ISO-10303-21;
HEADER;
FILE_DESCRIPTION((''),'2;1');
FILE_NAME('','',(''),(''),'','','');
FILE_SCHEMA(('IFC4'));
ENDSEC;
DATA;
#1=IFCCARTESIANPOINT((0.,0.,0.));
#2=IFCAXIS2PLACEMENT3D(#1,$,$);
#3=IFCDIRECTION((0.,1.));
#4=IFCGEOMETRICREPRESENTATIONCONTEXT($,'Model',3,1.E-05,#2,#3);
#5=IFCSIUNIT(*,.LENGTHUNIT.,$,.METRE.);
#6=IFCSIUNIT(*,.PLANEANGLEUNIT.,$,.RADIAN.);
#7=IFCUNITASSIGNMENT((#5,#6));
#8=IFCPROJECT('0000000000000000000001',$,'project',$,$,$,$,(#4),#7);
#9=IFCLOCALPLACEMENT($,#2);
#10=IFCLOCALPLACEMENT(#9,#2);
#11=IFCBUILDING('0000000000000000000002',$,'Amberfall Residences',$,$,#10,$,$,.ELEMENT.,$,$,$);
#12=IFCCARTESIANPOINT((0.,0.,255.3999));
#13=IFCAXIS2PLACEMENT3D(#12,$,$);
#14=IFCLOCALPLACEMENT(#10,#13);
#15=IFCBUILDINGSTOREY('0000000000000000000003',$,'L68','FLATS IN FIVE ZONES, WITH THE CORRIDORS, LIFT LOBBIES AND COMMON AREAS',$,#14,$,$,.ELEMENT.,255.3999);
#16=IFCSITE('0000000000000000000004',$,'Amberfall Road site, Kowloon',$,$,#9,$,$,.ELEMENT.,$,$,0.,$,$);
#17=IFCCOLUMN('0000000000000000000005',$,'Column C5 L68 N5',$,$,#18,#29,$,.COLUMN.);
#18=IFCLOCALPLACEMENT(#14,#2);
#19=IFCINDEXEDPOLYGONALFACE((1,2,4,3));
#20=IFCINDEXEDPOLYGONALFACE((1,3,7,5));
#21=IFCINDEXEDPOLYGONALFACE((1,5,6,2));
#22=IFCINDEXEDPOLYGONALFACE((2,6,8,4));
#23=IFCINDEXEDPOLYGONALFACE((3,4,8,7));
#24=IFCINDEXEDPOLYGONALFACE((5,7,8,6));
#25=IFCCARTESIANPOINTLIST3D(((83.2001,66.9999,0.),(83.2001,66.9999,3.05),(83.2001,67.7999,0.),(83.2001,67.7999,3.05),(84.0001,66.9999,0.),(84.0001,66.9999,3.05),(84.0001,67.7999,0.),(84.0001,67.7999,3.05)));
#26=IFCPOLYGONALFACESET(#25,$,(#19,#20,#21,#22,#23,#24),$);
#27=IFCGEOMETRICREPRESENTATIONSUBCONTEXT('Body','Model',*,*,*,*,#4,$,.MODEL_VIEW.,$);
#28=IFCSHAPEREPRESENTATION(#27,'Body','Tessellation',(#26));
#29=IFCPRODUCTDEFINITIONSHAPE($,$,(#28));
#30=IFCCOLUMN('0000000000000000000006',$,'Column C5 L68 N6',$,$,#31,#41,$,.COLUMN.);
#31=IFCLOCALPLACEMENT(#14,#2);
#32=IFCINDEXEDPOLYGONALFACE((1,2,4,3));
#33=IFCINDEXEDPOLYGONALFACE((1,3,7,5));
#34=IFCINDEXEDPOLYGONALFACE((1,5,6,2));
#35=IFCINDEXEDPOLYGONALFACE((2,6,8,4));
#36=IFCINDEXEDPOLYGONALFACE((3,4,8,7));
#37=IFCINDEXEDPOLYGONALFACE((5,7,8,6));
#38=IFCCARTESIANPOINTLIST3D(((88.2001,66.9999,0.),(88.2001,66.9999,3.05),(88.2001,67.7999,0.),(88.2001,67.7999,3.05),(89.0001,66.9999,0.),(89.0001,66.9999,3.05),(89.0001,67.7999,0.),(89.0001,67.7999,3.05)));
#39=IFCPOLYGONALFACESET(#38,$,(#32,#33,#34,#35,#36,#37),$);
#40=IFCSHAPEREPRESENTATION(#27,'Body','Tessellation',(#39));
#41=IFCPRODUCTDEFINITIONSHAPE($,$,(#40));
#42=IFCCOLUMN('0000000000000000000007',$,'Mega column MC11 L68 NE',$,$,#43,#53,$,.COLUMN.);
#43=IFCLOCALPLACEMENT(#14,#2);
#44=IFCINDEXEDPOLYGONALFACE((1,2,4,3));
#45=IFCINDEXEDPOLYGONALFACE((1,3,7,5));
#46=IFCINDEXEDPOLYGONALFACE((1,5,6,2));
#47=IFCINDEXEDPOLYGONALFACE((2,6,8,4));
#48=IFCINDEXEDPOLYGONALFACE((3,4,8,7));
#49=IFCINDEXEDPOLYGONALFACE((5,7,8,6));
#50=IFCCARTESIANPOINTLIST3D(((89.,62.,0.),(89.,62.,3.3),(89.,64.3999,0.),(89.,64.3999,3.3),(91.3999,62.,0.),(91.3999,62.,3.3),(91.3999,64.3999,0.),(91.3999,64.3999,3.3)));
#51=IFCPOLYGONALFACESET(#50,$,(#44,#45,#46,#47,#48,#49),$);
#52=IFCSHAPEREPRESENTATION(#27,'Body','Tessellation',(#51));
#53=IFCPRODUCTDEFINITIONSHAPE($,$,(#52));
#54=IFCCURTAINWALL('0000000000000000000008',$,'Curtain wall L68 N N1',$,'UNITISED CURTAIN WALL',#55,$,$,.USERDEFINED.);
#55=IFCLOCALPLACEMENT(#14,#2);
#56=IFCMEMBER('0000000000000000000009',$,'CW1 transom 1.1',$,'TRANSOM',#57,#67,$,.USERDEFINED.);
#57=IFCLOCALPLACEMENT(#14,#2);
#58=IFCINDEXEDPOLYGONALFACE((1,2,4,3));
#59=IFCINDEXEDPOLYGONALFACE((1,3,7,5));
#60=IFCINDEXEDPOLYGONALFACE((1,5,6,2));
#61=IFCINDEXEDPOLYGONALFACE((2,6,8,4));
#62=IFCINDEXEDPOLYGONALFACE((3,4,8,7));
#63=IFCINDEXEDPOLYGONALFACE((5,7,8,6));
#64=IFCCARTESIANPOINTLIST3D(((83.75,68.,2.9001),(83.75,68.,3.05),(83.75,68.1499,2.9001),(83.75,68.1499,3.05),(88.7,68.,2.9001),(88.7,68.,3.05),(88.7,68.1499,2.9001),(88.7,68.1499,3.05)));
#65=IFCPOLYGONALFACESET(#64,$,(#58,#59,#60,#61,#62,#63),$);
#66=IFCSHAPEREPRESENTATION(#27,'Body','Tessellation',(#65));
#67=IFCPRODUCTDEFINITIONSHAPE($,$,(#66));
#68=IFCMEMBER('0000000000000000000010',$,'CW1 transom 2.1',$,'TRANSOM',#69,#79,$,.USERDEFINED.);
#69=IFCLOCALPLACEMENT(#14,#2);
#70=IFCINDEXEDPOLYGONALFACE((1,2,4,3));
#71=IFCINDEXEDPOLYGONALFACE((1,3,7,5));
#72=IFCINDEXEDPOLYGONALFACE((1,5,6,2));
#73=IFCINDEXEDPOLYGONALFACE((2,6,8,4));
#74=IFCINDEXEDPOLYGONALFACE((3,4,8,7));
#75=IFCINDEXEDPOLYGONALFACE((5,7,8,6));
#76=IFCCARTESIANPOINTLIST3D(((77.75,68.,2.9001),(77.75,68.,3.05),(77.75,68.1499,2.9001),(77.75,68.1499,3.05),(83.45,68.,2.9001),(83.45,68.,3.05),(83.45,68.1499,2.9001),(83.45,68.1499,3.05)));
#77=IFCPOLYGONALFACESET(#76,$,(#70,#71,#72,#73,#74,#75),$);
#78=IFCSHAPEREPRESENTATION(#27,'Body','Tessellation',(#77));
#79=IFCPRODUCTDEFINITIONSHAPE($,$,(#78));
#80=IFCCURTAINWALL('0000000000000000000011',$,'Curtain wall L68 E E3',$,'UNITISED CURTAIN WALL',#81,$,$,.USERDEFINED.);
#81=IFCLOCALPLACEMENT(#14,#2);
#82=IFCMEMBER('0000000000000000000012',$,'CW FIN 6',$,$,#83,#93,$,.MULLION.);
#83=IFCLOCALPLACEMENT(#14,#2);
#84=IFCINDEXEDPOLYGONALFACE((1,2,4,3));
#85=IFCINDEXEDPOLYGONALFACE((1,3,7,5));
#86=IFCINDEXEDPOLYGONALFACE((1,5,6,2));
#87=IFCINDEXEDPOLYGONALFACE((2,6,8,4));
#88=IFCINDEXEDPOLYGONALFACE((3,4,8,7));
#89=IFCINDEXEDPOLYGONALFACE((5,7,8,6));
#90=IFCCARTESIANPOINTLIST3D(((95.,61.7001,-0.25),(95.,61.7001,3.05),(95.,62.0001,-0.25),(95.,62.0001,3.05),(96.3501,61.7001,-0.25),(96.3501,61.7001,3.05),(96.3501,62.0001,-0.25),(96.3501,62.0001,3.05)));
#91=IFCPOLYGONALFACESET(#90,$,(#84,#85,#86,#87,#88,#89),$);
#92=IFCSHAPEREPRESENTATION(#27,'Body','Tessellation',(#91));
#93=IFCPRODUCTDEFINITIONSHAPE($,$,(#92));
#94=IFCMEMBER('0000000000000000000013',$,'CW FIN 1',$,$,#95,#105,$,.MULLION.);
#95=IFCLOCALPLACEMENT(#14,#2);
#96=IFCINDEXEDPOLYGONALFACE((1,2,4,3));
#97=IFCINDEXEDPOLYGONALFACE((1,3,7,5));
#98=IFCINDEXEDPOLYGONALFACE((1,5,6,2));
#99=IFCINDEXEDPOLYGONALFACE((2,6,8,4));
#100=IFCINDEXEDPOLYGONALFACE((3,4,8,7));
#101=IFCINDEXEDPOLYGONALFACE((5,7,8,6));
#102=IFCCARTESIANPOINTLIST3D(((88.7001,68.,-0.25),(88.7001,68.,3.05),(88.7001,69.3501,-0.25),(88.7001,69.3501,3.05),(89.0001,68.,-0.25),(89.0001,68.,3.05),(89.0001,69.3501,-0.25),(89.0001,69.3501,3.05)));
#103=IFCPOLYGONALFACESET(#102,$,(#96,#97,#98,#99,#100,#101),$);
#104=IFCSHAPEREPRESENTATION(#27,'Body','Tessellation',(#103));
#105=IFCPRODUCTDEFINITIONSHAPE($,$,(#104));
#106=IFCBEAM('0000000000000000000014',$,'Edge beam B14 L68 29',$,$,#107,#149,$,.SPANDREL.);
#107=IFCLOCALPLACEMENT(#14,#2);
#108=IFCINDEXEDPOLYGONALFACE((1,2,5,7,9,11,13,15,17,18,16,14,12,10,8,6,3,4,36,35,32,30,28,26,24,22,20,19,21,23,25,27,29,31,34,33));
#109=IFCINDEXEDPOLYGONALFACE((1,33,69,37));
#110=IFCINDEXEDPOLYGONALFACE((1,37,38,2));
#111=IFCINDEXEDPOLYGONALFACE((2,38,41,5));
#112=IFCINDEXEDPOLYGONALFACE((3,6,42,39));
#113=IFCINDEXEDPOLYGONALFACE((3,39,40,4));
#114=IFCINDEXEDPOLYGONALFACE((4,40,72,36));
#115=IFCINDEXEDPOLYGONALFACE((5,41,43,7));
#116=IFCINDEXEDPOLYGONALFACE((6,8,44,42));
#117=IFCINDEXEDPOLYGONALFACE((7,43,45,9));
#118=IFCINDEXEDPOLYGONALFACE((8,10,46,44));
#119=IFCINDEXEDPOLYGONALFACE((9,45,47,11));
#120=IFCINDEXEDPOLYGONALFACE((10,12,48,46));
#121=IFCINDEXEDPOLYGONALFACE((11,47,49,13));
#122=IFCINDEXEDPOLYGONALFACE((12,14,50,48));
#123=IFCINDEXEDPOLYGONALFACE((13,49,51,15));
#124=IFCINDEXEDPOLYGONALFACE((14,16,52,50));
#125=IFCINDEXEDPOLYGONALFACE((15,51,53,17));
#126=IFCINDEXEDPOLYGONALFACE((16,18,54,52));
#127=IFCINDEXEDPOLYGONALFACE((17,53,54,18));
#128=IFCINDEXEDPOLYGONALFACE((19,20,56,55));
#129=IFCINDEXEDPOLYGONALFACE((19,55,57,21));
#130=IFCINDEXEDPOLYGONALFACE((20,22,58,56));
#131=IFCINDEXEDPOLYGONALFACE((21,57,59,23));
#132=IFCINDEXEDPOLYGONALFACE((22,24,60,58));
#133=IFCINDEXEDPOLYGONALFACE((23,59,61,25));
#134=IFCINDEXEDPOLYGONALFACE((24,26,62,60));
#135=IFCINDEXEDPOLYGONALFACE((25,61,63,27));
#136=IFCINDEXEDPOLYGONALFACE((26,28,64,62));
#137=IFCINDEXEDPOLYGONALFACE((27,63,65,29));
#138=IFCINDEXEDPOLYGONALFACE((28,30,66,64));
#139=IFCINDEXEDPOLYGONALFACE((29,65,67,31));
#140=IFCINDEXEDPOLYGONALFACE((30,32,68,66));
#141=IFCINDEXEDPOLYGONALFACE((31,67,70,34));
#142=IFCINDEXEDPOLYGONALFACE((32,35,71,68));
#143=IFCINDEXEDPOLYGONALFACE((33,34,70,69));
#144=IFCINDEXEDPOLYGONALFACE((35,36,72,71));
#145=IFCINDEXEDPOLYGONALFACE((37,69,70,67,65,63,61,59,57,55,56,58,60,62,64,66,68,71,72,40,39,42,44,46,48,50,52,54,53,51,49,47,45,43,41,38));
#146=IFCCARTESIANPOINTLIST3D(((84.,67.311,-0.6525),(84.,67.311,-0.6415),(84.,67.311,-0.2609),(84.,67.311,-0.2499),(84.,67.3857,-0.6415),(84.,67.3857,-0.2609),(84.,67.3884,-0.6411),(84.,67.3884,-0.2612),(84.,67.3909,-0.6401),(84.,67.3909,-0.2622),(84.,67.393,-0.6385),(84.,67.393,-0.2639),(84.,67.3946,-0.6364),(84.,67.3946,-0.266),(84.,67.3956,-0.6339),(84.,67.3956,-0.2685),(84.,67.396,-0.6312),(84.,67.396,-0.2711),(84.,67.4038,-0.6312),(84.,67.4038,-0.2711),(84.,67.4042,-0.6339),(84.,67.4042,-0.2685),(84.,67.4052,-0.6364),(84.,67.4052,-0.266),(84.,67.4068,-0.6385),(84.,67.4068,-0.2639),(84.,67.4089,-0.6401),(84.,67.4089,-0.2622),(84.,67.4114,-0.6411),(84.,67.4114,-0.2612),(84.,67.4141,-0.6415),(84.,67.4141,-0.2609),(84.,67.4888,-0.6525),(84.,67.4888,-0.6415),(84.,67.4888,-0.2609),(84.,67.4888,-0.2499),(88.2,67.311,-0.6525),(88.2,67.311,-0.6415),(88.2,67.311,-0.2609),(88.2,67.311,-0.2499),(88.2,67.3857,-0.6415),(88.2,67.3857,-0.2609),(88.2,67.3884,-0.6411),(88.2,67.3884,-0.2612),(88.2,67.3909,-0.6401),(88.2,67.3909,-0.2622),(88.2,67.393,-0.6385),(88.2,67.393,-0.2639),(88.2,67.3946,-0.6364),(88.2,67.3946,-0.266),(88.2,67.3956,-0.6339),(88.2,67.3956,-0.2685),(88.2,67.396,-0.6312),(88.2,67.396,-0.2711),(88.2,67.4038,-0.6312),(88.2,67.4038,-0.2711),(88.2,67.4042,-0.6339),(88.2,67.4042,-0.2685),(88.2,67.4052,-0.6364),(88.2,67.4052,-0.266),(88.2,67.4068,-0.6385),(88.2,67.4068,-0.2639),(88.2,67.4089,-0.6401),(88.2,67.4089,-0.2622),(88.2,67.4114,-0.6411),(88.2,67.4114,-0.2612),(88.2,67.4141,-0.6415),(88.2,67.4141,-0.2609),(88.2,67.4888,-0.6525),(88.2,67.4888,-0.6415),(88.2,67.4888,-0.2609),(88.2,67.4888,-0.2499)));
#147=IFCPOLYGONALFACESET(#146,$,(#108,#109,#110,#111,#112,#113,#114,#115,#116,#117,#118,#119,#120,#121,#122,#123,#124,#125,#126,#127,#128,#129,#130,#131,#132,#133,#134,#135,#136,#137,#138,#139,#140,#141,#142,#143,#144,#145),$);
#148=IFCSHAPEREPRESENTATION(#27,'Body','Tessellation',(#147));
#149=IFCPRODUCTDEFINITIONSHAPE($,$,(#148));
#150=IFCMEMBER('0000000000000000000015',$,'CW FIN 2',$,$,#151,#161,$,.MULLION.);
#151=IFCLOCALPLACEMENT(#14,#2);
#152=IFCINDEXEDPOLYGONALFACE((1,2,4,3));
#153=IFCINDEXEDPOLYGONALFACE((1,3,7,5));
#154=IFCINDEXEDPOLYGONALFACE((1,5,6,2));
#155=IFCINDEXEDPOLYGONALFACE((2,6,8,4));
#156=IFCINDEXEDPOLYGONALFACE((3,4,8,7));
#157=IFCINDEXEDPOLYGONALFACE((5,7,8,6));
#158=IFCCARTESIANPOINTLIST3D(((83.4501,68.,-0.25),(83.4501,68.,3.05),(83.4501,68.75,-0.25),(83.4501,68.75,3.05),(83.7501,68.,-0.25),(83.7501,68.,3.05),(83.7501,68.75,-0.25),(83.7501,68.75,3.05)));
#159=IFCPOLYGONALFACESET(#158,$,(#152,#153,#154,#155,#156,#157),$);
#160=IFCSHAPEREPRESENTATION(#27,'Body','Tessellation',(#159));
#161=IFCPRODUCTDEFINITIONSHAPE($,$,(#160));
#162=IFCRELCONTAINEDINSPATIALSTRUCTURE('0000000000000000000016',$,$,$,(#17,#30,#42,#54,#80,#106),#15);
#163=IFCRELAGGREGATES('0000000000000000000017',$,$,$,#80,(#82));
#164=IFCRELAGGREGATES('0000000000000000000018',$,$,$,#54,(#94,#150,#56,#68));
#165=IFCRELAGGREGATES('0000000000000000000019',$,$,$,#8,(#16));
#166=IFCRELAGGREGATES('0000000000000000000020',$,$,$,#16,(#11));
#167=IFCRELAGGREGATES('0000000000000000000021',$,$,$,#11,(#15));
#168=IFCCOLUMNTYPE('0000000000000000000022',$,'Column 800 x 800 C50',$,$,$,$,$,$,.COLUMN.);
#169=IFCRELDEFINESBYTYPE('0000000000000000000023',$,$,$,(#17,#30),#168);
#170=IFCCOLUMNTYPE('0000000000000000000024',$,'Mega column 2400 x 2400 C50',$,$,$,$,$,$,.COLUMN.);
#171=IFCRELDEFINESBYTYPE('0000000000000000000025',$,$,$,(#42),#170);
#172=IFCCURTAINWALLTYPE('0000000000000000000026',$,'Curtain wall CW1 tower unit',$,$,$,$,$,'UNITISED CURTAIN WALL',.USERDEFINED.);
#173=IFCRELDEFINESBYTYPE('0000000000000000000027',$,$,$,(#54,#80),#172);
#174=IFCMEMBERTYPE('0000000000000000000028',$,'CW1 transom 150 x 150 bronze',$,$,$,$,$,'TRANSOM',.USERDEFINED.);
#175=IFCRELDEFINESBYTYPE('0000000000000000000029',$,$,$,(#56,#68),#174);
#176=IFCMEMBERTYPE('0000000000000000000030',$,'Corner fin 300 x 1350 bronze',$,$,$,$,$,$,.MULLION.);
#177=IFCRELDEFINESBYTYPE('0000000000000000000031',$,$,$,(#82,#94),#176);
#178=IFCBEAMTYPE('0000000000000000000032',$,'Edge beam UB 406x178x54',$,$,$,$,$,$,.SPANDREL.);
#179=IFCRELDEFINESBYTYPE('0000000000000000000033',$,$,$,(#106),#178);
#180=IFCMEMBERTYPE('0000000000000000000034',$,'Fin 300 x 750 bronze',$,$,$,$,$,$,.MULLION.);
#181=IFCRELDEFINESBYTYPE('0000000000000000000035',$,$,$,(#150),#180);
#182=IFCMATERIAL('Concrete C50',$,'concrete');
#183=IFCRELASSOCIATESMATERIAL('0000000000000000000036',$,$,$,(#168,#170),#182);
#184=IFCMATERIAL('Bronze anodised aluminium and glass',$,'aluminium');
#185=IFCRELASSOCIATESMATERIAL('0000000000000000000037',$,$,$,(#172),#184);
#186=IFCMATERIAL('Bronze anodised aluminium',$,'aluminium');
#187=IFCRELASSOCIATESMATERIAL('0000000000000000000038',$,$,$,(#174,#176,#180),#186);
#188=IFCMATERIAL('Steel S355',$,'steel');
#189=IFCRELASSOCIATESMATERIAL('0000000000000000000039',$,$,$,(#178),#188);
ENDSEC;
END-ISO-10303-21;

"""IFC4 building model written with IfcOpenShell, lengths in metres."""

from ifc_helpers import new_model, si_unit, direction, frame, origin, origin_2d, place, context, subcontext, project, spatial, rectangle, i_section, extrude, material, material_profile, profile_set, type_object, element, aggregate, save


model = new_model("IFC4")

# Units and contexts
model_context = context("Model", 3, precision=1e-05, world=origin(), true_north=direction((0.0, 1.0)))
body_context = subcontext(model_context, "Body", "Model", "MODEL_VIEW")
ifc_project = project(units=[si_unit("LENGTHUNIT", "METRE"), si_unit("PLANEANGLEUNIT", "RADIAN")], contexts=[model_context])

# Site, building, storey
site_placement = place(None, origin())
site = spatial("IfcSite", under=ifc_project, at=site_placement, Name="Amberfall Road site, Kowloon", CompositionType="ELEMENT", RefElevation=0.0)
building_placement = place(site_placement, origin())
building = spatial("IfcBuilding", under=site, at=building_placement, Name="Amberfall Residences", CompositionType="ELEMENT")
storey_placement = place(building_placement, frame((0.0, 0.0, 255.3999)))
storey = spatial("IfcBuildingStorey", under=building, at=storey_placement, Name="L68", Description="FLATS IN FIVE ZONES, WITH THE CORRIDORS, LIFT LOBBIES AND COMMON AREAS", CompositionType="ELEMENT", Elevation=255.3999)

# Columns
ifc_material_1 = material(Name="Concrete C50", Category="concrete")
ifc_material_profile_1 = material_profile(ifc_material_1, rectangle(XDim=0.8, YDim=0.8, at=origin_2d()), Name="Column 800 x 800 C50")
ifc_profile_set_1 = profile_set([ifc_material_profile_1], Name="Concrete C50")
column_type_1 = type_object("IfcColumnType", Name="Column 800 x 800 C50", PredefinedType="COLUMN", material=ifc_profile_set_1)
for number, where, z_axis, x_axis, name in (
    (1, (83.6001, 67.3999, 0.0), (0.0, 0.0, 1.0), (1.0, 0.0, 0.0), "Column C5 L68 N5"),
    (2, (88.6001, 67.3999, 0.0), (0.0, 0.0, 1.0), (1.0, 0.0, 0.0), "Column C5 L68 N6"),
):
    element("IfcColumn", number, at=place(storey_placement, frame(where, z_axis=z_axis, x_axis=x_axis)), inside=storey, type_object=column_type_1, Name=name, PredefinedType="COLUMN", context=body_context, shape_type="SweptSolid", body=[
        extrude(rectangle(XDim=0.8, YDim=0.8, at=origin_2d()), origin(), (0.0, 0.0, 1.0), 3.05),
    ])
ifc_material_profile_2 = material_profile(ifc_material_1, rectangle(XDim=2.3999, YDim=2.3999, at=origin_2d()), Name="Mega column 2400 x 2400 C50")
ifc_profile_set_2 = profile_set([ifc_material_profile_2], Name="Concrete C50")
column_type_2 = type_object("IfcColumnType", Name="Mega column 2400 x 2400 C50", PredefinedType="COLUMN", material=ifc_profile_set_2)
column_placement = place(storey_placement, frame((90.2, 63.2, 0.0), z_axis=(0.0, 0.0, 1.0), x_axis=(1.0, 0.0, 0.0)))
element("IfcColumn", 3, at=column_placement, inside=storey, type_object=column_type_2, Name="Mega column MC11 L68 NE", PredefinedType="COLUMN", context=body_context, shape_type="SweptSolid", body=[
    extrude(rectangle(XDim=2.3999, YDim=2.3999, at=origin_2d()), origin(), (0.0, 0.0, 1.0), 3.3),
])

# Curtain wall, members
ifc_material_2 = material(Name="Bronze anodised aluminium and glass", Category="aluminium")
curtain_wall_type = type_object("IfcCurtainWallType", Name="Curtain wall CW1 tower unit", ElementType="UNITISED CURTAIN WALL", PredefinedType="USERDEFINED", material=ifc_material_2)
curtain_wall_1_placement = place(storey_placement, origin())
curtain_wall_1 = element("IfcCurtainWall", 4, at=curtain_wall_1_placement, inside=storey, type_object=curtain_wall_type, Name="Curtain wall L68 N N1", ObjectType="UNITISED CURTAIN WALL", PredefinedType="USERDEFINED")
ifc_material_3 = material(Name="Bronze anodised aluminium", Category="aluminium")
ifc_material_profile_3 = material_profile(ifc_material_3, rectangle(XDim=0.1499, YDim=0.1499, at=origin_2d()), Name="CW1 transom 150 x 150 bronze")
ifc_profile_set_3 = profile_set([ifc_material_profile_3], Name="Bronze anodised aluminium")
member_type_1 = type_object("IfcMemberType", Name="CW1 transom 150 x 150 bronze", ElementType="TRANSOM", PredefinedType="USERDEFINED", material=ifc_profile_set_3)
member_1_placement = place(storey_placement, frame((88.7, 68.075, 2.9751), z_axis=(-1.0, 0.0, 0.0), x_axis=(0.0, -1.0, 0.0)))
member_1 = element("IfcMember", 5, at=member_1_placement, type_object=member_type_1, Name="CW1 transom 1.1", ObjectType="TRANSOM", PredefinedType="USERDEFINED", context=body_context, shape_type="SweptSolid", body=[
    extrude(rectangle(XDim=0.1499, YDim=0.1499, at=origin_2d()), origin(), (0.0, 0.0, 1.0), 4.95),
])
member_2_placement = place(storey_placement, frame((83.45, 68.075, 2.9751), z_axis=(-1.0, 0.0, 0.0), x_axis=(0.0, -1.0, 0.0)))
member_2 = element("IfcMember", 6, at=member_2_placement, type_object=member_type_1, Name="CW1 transom 2.1", ObjectType="TRANSOM", PredefinedType="USERDEFINED", context=body_context, shape_type="SweptSolid", body=[
    extrude(rectangle(XDim=0.1499, YDim=0.1499, at=origin_2d()), origin(), (0.0, 0.0, 1.0), 5.7),
])

# Curtain wall, member
curtain_wall_2_placement = place(storey_placement, origin())
curtain_wall_2 = element("IfcCurtainWall", 7, at=curtain_wall_2_placement, inside=storey, type_object=curtain_wall_type, Name="Curtain wall L68 E E3", ObjectType="UNITISED CURTAIN WALL", PredefinedType="USERDEFINED")
ifc_material_profile_4 = material_profile(ifc_material_3, rectangle(XDim=1.3501, YDim=0.3, at=origin_2d()), Name="Corner fin 300 x 1350 bronze")
ifc_profile_set_4 = profile_set([ifc_material_profile_4], Name="Bronze anodised aluminium")
member_type_2 = type_object("IfcMemberType", Name="Corner fin 300 x 1350 bronze", PredefinedType="MULLION", material=ifc_profile_set_4)
member_3_placement = place(storey_placement, frame((95.675, 61.8501, -0.25), z_axis=(0.0, 0.0, 1.0), x_axis=(-1.0, 0.0, 0.0)))
member_3 = element("IfcMember", 8, at=member_3_placement, type_object=member_type_2, Name="CW FIN 6", PredefinedType="MULLION", context=body_context, shape_type="SweptSolid", body=[
    extrude(rectangle(XDim=1.3501, YDim=0.3, at=origin_2d()), origin(), (0.0, 0.0, 1.0), 3.3),
])

# Member
member_4_placement = place(storey_placement, frame((88.8501, 68.675, -0.25), z_axis=(0.0, 0.0, 1.0), x_axis=(0.0, -1.0, 0.0)))
member_4 = element("IfcMember", 9, at=member_4_placement, type_object=member_type_2, Name="CW FIN 1", PredefinedType="MULLION", context=body_context, shape_type="SweptSolid", body=[
    extrude(rectangle(XDim=1.3501, YDim=0.3, at=origin_2d()), origin(), (0.0, 0.0, 1.0), 3.3),
])

# Beam
ifc_material_4 = material(Name="Steel S355", Category="steel")
ifc_material_profile_5 = material_profile(ifc_material_4, i_section(OverallWidth=0.1777, OverallDepth=0.4026, WebThickness=0.0078, FlangeThickness=0.011, FilletRadius=0.0103, at=origin_2d()), Name="UB 406x178x54")
ifc_profile_set_5 = profile_set([ifc_material_profile_5], Name="Steel S355")
beam_type_1 = type_object("IfcBeamType", Name="Edge beam UB 406x178x54", PredefinedType="SPANDREL", material=ifc_profile_set_5)
beam_1_placement = place(storey_placement, frame((84.0, 67.3999, -0.4512), z_axis=(1.0, 0.0, 0.0), x_axis=(0.0, 1.0, 0.0)))
element("IfcBeam", 10, at=beam_1_placement, inside=storey, type_object=beam_type_1, Name="Edge beam B14 L68 29", PredefinedType="SPANDREL", context=body_context, shape_type="SweptSolid", body=[
    extrude(i_section(OverallWidth=0.1777, OverallDepth=0.4026, WebThickness=0.0078, FlangeThickness=0.011, FilletRadius=0.0103, at=origin_2d()), origin(), (0.0, 0.0, 1.0), 4.2),
])

# Member
ifc_material_profile_6 = material_profile(ifc_material_3, rectangle(XDim=0.75, YDim=0.3, at=origin_2d()), Name="Fin 300 x 750 bronze")
ifc_profile_set_6 = profile_set([ifc_material_profile_6], Name="Bronze anodised aluminium")
member_type_3 = type_object("IfcMemberType", Name="Fin 300 x 750 bronze", PredefinedType="MULLION", material=ifc_profile_set_6)
member_5_placement = place(storey_placement, frame((83.6001, 68.375, -0.25), z_axis=(0.0, 0.0, 1.0), x_axis=(0.0, -1.0, 0.0)))
member_5 = element("IfcMember", 11, at=member_5_placement, type_object=member_type_3, Name="CW FIN 2", PredefinedType="MULLION", context=body_context, shape_type="SweptSolid", body=[
    extrude(rectangle(XDim=0.75, YDim=0.3, at=origin_2d()), origin(), (0.0, 0.0, 1.0), 3.3),
])

aggregate(curtain_wall_2, [member_3])
aggregate(curtain_wall_1, [member_4, member_5, member_1, member_2])

save(model, "model.ifc")
